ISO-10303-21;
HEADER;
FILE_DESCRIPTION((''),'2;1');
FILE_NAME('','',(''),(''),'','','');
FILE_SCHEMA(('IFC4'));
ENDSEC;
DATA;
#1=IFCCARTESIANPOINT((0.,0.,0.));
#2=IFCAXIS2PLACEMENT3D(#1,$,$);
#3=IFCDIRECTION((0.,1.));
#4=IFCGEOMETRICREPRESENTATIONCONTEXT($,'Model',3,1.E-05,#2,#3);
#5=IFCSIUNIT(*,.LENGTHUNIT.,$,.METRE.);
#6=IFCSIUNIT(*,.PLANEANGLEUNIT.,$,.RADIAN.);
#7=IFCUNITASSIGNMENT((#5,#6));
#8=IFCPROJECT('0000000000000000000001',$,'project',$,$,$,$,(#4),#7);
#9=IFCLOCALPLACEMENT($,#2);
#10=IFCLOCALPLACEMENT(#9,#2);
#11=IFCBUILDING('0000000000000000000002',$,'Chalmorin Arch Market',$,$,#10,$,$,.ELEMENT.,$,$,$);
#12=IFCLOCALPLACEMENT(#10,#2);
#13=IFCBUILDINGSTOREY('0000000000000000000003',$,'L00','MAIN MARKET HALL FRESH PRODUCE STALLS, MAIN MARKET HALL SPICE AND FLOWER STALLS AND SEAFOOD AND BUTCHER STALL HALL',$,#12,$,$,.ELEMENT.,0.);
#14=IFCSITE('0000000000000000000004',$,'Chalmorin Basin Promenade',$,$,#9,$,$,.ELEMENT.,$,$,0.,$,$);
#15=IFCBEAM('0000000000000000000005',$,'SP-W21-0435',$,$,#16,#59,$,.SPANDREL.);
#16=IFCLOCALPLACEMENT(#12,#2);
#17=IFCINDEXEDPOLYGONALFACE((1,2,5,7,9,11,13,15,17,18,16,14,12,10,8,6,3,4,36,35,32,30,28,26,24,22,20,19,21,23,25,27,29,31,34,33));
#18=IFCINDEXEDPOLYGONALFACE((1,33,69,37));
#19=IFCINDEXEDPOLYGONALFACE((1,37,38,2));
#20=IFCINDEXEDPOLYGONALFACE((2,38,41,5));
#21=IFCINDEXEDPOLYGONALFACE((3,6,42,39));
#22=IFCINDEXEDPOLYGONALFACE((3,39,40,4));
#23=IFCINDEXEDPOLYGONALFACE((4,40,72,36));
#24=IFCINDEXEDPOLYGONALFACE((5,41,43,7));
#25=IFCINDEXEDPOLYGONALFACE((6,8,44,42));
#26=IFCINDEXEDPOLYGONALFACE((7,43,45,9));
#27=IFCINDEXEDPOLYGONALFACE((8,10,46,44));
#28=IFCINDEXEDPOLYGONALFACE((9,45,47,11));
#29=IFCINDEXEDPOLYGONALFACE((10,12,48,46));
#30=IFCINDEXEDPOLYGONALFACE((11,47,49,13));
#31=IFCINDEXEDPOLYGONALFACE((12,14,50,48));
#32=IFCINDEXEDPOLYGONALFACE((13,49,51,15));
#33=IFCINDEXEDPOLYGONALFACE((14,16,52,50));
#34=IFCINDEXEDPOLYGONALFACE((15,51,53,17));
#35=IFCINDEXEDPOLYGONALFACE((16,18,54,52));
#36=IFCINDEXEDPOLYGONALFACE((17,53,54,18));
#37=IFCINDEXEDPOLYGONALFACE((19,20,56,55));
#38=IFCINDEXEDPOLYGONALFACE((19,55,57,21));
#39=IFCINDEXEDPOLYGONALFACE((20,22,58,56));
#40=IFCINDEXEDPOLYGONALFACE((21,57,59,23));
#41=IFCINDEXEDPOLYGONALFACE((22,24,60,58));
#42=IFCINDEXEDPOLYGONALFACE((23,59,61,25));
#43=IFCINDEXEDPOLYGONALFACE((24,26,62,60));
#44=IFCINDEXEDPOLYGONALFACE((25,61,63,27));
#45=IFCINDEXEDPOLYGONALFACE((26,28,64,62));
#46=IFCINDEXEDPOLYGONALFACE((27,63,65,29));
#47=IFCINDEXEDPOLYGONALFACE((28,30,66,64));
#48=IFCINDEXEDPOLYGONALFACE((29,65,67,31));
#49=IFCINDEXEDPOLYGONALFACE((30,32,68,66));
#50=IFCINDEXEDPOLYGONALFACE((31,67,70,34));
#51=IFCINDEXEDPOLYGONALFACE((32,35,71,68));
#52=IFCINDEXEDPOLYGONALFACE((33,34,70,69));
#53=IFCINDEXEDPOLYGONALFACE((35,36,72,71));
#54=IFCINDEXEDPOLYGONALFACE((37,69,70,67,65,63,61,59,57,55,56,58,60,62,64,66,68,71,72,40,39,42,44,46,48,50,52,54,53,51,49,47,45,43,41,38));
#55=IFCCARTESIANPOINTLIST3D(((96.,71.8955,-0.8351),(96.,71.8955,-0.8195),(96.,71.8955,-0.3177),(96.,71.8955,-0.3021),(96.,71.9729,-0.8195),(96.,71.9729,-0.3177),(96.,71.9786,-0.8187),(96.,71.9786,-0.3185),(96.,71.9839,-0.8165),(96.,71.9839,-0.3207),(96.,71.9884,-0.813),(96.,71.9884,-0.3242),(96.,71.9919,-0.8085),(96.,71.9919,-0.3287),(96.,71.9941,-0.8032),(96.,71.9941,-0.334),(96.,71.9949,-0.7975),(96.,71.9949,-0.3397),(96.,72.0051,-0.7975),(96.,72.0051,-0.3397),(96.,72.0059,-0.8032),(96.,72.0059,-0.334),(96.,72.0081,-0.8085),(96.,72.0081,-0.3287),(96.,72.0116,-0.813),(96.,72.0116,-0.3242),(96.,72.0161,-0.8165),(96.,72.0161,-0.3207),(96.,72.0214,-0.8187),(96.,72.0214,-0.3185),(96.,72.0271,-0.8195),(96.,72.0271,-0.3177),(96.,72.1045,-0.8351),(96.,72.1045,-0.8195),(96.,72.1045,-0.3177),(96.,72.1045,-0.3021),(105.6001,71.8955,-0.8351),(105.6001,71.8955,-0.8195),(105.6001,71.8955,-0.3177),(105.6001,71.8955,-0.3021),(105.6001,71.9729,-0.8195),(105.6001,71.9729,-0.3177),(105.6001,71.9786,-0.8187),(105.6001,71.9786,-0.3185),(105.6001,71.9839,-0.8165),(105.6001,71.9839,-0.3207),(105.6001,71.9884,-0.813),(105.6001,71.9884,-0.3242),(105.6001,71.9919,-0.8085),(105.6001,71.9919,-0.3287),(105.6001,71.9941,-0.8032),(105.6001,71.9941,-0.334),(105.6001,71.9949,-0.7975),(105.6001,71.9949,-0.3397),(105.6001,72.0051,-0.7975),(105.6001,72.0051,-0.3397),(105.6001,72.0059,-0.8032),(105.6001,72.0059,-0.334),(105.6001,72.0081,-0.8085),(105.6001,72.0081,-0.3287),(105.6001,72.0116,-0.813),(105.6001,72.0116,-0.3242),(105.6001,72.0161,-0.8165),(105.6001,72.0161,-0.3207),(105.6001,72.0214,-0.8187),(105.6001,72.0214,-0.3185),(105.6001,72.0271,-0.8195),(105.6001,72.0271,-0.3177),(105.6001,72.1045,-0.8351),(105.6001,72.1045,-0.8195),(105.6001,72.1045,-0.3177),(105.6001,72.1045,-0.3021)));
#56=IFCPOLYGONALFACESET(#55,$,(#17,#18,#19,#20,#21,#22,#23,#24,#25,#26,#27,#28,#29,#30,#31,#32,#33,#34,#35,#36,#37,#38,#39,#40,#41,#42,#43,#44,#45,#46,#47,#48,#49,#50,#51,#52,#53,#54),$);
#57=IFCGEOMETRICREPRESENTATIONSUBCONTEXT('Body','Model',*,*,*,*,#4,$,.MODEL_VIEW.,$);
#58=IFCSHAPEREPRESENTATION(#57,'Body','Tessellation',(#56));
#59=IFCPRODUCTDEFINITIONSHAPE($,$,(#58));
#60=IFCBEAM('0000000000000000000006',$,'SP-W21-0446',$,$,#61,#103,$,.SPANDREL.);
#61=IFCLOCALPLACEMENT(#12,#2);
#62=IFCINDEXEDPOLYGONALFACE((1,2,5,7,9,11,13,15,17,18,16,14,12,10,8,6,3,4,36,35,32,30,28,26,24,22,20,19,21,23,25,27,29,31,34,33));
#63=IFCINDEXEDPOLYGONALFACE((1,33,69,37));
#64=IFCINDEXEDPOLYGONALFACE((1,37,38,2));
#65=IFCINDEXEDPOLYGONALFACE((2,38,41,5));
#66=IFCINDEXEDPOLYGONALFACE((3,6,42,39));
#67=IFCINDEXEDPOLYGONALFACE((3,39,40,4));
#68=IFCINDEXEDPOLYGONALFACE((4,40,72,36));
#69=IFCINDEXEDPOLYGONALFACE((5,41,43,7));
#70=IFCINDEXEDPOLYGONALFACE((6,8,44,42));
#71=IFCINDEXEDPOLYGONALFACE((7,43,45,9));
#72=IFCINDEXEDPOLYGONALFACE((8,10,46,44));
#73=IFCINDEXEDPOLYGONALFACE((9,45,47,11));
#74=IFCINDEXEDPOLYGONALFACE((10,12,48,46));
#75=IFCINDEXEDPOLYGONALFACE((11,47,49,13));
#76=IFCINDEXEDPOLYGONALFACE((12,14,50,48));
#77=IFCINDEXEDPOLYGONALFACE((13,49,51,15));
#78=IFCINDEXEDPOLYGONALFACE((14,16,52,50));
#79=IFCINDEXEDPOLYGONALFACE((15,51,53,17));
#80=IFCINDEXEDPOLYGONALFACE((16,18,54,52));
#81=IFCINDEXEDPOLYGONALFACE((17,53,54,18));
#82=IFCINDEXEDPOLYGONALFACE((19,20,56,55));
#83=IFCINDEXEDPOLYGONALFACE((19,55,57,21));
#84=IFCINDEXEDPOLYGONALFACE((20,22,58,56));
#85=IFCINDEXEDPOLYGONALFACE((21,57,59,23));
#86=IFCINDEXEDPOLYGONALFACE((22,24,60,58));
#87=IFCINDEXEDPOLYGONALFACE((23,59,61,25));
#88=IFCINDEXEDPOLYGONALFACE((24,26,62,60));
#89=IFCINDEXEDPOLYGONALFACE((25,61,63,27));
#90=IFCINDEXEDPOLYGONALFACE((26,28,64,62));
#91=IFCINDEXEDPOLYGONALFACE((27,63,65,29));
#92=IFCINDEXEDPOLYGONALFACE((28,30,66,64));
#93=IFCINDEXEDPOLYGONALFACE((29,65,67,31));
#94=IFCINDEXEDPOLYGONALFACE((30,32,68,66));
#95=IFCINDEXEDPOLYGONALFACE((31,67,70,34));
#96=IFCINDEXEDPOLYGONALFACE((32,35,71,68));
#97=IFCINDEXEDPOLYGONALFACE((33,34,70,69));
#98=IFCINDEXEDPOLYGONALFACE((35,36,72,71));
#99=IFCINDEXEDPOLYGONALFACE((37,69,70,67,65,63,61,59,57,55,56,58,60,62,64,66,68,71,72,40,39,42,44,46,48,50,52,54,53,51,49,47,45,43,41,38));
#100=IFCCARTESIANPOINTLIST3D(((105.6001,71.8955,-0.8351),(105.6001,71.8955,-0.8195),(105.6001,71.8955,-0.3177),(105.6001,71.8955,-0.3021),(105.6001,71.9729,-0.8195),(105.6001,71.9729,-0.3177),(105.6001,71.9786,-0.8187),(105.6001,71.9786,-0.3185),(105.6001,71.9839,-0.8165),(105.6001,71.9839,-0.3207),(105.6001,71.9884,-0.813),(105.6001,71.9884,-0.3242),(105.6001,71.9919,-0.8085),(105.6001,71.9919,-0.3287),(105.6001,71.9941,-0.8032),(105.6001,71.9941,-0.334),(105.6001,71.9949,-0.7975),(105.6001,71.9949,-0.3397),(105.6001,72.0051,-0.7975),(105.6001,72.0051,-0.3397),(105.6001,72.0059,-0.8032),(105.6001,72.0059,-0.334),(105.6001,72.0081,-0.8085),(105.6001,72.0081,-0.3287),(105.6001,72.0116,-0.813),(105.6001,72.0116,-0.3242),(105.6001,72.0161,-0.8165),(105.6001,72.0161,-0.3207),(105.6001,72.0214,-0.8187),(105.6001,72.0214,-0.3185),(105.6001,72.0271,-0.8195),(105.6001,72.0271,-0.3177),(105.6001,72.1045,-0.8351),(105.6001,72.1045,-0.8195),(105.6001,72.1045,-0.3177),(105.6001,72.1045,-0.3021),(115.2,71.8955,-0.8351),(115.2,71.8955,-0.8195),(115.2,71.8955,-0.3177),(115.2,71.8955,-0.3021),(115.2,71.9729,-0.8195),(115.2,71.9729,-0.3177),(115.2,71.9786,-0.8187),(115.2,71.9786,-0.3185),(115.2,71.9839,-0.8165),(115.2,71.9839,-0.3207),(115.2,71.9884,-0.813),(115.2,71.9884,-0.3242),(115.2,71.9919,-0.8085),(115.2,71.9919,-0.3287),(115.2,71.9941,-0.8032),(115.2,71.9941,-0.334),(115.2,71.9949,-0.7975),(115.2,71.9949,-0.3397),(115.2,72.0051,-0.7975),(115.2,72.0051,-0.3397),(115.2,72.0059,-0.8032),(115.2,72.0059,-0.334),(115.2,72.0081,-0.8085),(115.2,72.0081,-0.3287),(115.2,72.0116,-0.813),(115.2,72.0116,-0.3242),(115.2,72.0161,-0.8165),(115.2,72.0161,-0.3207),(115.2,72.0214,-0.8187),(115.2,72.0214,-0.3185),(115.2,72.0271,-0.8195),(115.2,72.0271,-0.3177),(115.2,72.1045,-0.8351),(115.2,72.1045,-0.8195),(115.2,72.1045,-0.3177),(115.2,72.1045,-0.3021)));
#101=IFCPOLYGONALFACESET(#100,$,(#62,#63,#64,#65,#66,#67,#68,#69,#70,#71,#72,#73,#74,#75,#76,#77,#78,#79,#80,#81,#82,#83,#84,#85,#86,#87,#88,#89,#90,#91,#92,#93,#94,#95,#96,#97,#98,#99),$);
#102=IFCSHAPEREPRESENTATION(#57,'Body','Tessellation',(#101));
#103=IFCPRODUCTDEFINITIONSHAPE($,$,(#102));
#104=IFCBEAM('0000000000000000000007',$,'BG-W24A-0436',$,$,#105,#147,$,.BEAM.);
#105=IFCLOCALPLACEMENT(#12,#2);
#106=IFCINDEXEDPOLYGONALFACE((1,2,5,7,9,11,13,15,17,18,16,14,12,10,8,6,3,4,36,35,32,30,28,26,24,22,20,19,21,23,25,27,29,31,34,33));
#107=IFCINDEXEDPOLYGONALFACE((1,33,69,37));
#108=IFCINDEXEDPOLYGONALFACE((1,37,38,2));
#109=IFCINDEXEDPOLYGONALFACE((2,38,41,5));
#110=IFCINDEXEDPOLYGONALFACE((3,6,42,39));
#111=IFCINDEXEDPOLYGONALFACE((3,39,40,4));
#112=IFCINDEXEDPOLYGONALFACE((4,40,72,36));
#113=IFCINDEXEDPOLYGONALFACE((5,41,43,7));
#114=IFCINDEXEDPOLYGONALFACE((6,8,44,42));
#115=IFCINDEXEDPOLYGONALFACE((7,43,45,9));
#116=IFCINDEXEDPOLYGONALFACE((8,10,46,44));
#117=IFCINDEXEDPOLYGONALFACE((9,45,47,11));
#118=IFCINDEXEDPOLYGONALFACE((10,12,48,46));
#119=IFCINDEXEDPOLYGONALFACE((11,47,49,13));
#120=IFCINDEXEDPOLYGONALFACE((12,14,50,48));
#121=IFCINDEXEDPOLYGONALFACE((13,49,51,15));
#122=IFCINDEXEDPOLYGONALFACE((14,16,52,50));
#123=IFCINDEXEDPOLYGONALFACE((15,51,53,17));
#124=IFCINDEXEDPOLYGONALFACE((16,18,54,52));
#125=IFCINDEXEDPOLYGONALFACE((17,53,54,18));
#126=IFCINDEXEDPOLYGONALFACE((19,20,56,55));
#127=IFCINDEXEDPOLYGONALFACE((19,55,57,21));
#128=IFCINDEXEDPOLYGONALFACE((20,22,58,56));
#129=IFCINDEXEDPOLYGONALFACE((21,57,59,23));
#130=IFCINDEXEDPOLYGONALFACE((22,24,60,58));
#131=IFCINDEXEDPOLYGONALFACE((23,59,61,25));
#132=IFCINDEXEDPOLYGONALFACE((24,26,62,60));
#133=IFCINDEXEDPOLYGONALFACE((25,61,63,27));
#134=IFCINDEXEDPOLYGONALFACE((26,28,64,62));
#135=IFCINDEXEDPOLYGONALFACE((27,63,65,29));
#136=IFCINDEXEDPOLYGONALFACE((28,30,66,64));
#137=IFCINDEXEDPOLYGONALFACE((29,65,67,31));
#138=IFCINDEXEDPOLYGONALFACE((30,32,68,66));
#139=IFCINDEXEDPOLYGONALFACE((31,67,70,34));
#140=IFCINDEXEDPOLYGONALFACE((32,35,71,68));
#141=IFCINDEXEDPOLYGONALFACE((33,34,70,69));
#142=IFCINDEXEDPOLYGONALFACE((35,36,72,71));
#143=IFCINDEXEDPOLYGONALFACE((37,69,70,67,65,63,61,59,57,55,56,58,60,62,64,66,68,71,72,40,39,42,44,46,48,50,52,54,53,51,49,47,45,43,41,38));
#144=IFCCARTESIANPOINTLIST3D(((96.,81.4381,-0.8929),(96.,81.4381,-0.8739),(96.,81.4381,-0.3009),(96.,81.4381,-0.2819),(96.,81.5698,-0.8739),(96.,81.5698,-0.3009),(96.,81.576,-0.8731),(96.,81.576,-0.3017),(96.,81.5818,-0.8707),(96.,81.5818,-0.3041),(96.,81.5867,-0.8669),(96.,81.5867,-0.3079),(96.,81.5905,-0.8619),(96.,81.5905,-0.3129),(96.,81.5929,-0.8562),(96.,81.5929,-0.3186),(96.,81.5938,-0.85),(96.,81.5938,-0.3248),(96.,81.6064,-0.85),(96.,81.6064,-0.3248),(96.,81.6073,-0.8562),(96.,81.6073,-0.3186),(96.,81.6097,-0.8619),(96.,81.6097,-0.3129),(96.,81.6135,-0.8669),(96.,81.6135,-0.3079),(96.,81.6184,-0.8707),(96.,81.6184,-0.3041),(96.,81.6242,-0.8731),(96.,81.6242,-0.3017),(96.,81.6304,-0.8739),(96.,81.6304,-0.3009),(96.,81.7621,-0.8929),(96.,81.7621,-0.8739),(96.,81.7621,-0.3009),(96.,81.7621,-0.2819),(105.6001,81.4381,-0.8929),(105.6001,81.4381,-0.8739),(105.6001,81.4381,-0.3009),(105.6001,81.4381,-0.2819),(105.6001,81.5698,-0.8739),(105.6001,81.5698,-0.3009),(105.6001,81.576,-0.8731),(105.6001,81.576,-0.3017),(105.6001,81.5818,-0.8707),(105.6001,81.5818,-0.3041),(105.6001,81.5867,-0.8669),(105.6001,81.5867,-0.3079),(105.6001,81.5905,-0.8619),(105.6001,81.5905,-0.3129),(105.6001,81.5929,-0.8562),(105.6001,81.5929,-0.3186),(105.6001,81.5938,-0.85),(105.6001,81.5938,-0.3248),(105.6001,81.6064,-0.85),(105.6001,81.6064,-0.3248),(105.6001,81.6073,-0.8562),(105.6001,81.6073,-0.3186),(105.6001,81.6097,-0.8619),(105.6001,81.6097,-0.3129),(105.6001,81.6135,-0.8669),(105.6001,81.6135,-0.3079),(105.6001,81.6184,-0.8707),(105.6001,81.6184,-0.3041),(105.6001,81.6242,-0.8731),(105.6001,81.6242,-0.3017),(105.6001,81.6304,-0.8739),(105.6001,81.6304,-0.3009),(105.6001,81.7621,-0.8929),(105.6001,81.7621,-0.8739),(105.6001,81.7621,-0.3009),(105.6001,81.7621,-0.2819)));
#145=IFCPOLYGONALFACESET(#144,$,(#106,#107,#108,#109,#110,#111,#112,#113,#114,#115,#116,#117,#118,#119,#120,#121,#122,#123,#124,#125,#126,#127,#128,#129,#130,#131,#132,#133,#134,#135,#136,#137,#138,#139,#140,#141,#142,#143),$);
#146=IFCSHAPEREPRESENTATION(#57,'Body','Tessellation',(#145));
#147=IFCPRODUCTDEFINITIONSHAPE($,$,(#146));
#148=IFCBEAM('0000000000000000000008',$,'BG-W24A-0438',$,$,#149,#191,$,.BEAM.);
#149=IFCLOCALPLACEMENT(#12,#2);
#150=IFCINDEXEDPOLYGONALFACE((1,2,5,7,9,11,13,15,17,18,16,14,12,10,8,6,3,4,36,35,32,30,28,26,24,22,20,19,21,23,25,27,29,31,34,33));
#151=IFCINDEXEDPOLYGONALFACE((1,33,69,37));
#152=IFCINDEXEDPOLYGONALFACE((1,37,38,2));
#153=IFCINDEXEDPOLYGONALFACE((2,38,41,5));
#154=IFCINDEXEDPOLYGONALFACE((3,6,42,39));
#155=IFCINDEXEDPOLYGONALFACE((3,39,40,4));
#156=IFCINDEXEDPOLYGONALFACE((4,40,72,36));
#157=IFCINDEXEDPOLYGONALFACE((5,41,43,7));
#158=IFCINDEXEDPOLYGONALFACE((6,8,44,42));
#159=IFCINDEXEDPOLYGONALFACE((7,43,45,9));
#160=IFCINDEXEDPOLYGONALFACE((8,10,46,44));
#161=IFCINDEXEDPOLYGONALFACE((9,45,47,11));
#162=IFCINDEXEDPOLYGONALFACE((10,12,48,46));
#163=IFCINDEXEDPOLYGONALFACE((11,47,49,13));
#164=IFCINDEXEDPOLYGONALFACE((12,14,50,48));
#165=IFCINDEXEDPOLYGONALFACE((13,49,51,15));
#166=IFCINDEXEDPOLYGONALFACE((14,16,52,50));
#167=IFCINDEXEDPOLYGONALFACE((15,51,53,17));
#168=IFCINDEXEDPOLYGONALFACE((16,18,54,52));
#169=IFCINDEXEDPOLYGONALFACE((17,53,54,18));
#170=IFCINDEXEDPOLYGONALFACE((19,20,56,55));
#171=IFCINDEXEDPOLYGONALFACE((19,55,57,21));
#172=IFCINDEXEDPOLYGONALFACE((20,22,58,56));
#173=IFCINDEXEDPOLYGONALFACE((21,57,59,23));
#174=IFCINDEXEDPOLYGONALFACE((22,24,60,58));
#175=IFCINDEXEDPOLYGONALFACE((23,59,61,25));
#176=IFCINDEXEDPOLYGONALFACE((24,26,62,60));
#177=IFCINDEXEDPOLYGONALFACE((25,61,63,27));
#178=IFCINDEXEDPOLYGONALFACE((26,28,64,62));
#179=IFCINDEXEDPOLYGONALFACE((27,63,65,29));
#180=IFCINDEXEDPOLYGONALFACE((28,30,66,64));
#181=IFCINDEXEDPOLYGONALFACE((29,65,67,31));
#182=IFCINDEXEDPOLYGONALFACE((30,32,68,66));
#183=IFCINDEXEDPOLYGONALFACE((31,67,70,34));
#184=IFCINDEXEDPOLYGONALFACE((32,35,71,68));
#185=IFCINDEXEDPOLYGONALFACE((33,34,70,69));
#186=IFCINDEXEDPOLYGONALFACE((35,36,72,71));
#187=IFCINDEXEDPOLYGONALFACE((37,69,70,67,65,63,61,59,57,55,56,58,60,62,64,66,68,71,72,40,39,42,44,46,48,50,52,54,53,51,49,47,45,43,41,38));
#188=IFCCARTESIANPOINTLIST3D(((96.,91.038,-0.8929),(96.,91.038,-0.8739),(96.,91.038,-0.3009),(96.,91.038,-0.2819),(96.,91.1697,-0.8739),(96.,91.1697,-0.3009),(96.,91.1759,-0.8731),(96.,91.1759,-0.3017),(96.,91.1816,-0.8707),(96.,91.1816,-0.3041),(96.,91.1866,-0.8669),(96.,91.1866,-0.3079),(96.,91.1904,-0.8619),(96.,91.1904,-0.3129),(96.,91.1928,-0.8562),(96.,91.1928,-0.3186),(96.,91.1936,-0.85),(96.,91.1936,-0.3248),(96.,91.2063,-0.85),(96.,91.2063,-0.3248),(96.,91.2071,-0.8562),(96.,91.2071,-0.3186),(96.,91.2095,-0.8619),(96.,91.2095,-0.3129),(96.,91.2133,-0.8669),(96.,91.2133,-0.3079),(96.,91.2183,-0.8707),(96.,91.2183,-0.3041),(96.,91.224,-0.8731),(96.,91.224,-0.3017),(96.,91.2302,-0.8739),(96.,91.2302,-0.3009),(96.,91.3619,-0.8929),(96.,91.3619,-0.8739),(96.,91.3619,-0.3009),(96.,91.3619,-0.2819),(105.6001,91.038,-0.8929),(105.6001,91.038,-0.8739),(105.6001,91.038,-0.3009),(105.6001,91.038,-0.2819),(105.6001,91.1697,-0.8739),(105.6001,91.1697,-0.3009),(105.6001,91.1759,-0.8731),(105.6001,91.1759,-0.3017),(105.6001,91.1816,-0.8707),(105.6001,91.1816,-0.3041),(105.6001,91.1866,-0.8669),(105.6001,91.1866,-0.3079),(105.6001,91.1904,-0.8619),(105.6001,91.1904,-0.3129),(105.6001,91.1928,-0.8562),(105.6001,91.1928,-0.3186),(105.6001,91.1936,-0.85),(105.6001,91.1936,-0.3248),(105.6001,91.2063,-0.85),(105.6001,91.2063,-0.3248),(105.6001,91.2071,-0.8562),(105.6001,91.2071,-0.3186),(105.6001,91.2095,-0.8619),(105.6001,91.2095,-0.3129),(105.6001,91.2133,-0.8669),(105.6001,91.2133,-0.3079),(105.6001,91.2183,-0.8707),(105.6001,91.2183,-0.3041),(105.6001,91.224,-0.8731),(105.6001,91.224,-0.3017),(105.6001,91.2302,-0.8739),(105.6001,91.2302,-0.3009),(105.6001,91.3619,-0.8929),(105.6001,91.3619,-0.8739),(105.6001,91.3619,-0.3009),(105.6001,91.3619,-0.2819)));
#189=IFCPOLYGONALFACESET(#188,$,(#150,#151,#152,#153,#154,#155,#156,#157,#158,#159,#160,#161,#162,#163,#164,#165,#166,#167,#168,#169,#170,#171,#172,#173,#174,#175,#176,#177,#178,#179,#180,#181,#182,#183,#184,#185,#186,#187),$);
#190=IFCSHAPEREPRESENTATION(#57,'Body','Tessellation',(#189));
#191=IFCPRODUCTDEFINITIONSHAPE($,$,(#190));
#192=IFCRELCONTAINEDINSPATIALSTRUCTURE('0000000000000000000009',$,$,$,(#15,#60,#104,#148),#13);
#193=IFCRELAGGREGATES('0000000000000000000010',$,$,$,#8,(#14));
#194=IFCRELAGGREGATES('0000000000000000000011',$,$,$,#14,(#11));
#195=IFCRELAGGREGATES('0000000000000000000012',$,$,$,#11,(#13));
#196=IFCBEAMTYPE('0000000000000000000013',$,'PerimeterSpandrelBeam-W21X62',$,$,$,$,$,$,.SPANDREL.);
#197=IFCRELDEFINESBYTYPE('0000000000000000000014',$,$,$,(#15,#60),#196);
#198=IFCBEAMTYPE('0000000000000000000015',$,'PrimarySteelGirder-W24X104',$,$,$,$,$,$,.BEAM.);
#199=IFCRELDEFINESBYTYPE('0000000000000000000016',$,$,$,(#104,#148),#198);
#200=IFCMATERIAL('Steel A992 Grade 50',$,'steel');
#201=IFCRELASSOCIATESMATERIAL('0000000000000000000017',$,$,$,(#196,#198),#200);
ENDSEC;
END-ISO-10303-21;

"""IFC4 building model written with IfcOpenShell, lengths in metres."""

from ifc_helpers import new_model, si_unit, direction, frame, origin, origin_2d, place, context, subcontext, project, spatial, i_section, extrude, material, material_profile, profile_set, type_object, element, save


model = new_model("IFC4")

# Units and contexts
model_context = context("Model", 3, precision=1e-05, world=origin(), true_north=direction((0.0, 1.0)))
body_context = subcontext(model_context, "Body", "Model", "MODEL_VIEW")
ifc_project = project(units=[si_unit("LENGTHUNIT", "METRE"), si_unit("PLANEANGLEUNIT", "RADIAN")], contexts=[model_context])

# Site, building, storey
site_placement = place(None, origin())
site = spatial("IfcSite", under=ifc_project, at=site_placement, Name="Chalmorin Basin Promenade", CompositionType="ELEMENT", RefElevation=0.0)
building_placement = place(site_placement, origin())
building = spatial("IfcBuilding", under=site, at=building_placement, Name="Chalmorin Arch Market", CompositionType="ELEMENT")
storey_placement = place(building_placement, origin())
storey = spatial("IfcBuildingStorey", under=building, at=storey_placement, Name="L00", Description="MAIN MARKET HALL FRESH PRODUCE STALLS, MAIN MARKET HALL SPICE AND FLOWER STALLS AND SEAFOOD AND BUTCHER STALL HALL", CompositionType="ELEMENT", Elevation=0.0)

# Beams
ifc_material_1 = material(Name="Steel A992 Grade 50", Category="steel")
ifc_material_profile_1 = material_profile(ifc_material_1, i_section(OverallWidth=0.209, OverallDepth=0.533, WebThickness=0.0103, FlangeThickness=0.0156, FilletRadius=0.022, at=origin_2d()), Name="W21X62")
ifc_profile_set_1 = profile_set([ifc_material_profile_1], Name="Steel A992 Grade 50")
beam_type_1 = type_object("IfcBeamType", Name="PerimeterSpandrelBeam-W21X62", PredefinedType="SPANDREL", material=ifc_profile_set_1)
beam_1_placement = place(storey_placement, frame((96.0, 72.0, -0.5686), z_axis=(1.0, 0.0, 0.0), x_axis=(0.0, 1.0, 0.0)))
element("IfcBeam", 1, at=beam_1_placement, inside=storey, type_object=beam_type_1, Name="SP-W21-0435", PredefinedType="SPANDREL", context=body_context, shape_type="SweptSolid", body=[
    extrude(i_section(OverallWidth=0.209, OverallDepth=0.533, WebThickness=0.0103, FlangeThickness=0.0156, FilletRadius=0.022, at=origin_2d()), origin(), (0.0, 0.0, 1.0), 9.6001),
])
beam_2_placement = place(storey_placement, frame((105.6001, 72.0, -0.5686), z_axis=(1.0, 0.0, 0.0), x_axis=(0.0, 1.0, 0.0)))
element("IfcBeam", 2, at=beam_2_placement, inside=storey, type_object=beam_type_1, Name="SP-W21-0446", PredefinedType="SPANDREL", context=body_context, shape_type="SweptSolid", body=[
    extrude(i_section(OverallWidth=0.209, OverallDepth=0.533, WebThickness=0.0103, FlangeThickness=0.0156, FilletRadius=0.022, at=origin_2d()), origin(), (0.0, 0.0, 1.0), 9.5999),
])
ifc_material_profile_2 = material_profile(ifc_material_1, i_section(OverallWidth=0.324, OverallDepth=0.6111, WebThickness=0.0127, FlangeThickness=0.019, FilletRadius=0.0239, at=origin_2d()), Name="W24X104")
ifc_profile_set_2 = profile_set([ifc_material_profile_2], Name="Steel A992 Grade 50")
beam_type_2 = type_object("IfcBeamType", Name="PrimarySteelGirder-W24X104", PredefinedType="BEAM", material=ifc_profile_set_2)
for number, where, z_axis, x_axis, name in (
    (3, (96.0, 81.6001, -0.5874), (1.0, 0.0, 0.0), (0.0, 1.0, 0.0), "BG-W24A-0436"),
    (4, (96.0, 91.2, -0.5874), (1.0, 0.0, 0.0), (0.0, 1.0, 0.0), "BG-W24A-0438"),
):
    element("IfcBeam", number, at=place(storey_placement, frame(where, z_axis=z_axis, x_axis=x_axis)), inside=storey, type_object=beam_type_2, Name=name, PredefinedType="BEAM", context=body_context, shape_type="SweptSolid", body=[
        extrude(i_section(OverallWidth=0.324, OverallDepth=0.6111, WebThickness=0.0127, FlangeThickness=0.019, FilletRadius=0.0239, at=origin_2d()), origin(), (0.0, 0.0, 1.0), 9.6001),
    ])

save(model, "model.ifc")
